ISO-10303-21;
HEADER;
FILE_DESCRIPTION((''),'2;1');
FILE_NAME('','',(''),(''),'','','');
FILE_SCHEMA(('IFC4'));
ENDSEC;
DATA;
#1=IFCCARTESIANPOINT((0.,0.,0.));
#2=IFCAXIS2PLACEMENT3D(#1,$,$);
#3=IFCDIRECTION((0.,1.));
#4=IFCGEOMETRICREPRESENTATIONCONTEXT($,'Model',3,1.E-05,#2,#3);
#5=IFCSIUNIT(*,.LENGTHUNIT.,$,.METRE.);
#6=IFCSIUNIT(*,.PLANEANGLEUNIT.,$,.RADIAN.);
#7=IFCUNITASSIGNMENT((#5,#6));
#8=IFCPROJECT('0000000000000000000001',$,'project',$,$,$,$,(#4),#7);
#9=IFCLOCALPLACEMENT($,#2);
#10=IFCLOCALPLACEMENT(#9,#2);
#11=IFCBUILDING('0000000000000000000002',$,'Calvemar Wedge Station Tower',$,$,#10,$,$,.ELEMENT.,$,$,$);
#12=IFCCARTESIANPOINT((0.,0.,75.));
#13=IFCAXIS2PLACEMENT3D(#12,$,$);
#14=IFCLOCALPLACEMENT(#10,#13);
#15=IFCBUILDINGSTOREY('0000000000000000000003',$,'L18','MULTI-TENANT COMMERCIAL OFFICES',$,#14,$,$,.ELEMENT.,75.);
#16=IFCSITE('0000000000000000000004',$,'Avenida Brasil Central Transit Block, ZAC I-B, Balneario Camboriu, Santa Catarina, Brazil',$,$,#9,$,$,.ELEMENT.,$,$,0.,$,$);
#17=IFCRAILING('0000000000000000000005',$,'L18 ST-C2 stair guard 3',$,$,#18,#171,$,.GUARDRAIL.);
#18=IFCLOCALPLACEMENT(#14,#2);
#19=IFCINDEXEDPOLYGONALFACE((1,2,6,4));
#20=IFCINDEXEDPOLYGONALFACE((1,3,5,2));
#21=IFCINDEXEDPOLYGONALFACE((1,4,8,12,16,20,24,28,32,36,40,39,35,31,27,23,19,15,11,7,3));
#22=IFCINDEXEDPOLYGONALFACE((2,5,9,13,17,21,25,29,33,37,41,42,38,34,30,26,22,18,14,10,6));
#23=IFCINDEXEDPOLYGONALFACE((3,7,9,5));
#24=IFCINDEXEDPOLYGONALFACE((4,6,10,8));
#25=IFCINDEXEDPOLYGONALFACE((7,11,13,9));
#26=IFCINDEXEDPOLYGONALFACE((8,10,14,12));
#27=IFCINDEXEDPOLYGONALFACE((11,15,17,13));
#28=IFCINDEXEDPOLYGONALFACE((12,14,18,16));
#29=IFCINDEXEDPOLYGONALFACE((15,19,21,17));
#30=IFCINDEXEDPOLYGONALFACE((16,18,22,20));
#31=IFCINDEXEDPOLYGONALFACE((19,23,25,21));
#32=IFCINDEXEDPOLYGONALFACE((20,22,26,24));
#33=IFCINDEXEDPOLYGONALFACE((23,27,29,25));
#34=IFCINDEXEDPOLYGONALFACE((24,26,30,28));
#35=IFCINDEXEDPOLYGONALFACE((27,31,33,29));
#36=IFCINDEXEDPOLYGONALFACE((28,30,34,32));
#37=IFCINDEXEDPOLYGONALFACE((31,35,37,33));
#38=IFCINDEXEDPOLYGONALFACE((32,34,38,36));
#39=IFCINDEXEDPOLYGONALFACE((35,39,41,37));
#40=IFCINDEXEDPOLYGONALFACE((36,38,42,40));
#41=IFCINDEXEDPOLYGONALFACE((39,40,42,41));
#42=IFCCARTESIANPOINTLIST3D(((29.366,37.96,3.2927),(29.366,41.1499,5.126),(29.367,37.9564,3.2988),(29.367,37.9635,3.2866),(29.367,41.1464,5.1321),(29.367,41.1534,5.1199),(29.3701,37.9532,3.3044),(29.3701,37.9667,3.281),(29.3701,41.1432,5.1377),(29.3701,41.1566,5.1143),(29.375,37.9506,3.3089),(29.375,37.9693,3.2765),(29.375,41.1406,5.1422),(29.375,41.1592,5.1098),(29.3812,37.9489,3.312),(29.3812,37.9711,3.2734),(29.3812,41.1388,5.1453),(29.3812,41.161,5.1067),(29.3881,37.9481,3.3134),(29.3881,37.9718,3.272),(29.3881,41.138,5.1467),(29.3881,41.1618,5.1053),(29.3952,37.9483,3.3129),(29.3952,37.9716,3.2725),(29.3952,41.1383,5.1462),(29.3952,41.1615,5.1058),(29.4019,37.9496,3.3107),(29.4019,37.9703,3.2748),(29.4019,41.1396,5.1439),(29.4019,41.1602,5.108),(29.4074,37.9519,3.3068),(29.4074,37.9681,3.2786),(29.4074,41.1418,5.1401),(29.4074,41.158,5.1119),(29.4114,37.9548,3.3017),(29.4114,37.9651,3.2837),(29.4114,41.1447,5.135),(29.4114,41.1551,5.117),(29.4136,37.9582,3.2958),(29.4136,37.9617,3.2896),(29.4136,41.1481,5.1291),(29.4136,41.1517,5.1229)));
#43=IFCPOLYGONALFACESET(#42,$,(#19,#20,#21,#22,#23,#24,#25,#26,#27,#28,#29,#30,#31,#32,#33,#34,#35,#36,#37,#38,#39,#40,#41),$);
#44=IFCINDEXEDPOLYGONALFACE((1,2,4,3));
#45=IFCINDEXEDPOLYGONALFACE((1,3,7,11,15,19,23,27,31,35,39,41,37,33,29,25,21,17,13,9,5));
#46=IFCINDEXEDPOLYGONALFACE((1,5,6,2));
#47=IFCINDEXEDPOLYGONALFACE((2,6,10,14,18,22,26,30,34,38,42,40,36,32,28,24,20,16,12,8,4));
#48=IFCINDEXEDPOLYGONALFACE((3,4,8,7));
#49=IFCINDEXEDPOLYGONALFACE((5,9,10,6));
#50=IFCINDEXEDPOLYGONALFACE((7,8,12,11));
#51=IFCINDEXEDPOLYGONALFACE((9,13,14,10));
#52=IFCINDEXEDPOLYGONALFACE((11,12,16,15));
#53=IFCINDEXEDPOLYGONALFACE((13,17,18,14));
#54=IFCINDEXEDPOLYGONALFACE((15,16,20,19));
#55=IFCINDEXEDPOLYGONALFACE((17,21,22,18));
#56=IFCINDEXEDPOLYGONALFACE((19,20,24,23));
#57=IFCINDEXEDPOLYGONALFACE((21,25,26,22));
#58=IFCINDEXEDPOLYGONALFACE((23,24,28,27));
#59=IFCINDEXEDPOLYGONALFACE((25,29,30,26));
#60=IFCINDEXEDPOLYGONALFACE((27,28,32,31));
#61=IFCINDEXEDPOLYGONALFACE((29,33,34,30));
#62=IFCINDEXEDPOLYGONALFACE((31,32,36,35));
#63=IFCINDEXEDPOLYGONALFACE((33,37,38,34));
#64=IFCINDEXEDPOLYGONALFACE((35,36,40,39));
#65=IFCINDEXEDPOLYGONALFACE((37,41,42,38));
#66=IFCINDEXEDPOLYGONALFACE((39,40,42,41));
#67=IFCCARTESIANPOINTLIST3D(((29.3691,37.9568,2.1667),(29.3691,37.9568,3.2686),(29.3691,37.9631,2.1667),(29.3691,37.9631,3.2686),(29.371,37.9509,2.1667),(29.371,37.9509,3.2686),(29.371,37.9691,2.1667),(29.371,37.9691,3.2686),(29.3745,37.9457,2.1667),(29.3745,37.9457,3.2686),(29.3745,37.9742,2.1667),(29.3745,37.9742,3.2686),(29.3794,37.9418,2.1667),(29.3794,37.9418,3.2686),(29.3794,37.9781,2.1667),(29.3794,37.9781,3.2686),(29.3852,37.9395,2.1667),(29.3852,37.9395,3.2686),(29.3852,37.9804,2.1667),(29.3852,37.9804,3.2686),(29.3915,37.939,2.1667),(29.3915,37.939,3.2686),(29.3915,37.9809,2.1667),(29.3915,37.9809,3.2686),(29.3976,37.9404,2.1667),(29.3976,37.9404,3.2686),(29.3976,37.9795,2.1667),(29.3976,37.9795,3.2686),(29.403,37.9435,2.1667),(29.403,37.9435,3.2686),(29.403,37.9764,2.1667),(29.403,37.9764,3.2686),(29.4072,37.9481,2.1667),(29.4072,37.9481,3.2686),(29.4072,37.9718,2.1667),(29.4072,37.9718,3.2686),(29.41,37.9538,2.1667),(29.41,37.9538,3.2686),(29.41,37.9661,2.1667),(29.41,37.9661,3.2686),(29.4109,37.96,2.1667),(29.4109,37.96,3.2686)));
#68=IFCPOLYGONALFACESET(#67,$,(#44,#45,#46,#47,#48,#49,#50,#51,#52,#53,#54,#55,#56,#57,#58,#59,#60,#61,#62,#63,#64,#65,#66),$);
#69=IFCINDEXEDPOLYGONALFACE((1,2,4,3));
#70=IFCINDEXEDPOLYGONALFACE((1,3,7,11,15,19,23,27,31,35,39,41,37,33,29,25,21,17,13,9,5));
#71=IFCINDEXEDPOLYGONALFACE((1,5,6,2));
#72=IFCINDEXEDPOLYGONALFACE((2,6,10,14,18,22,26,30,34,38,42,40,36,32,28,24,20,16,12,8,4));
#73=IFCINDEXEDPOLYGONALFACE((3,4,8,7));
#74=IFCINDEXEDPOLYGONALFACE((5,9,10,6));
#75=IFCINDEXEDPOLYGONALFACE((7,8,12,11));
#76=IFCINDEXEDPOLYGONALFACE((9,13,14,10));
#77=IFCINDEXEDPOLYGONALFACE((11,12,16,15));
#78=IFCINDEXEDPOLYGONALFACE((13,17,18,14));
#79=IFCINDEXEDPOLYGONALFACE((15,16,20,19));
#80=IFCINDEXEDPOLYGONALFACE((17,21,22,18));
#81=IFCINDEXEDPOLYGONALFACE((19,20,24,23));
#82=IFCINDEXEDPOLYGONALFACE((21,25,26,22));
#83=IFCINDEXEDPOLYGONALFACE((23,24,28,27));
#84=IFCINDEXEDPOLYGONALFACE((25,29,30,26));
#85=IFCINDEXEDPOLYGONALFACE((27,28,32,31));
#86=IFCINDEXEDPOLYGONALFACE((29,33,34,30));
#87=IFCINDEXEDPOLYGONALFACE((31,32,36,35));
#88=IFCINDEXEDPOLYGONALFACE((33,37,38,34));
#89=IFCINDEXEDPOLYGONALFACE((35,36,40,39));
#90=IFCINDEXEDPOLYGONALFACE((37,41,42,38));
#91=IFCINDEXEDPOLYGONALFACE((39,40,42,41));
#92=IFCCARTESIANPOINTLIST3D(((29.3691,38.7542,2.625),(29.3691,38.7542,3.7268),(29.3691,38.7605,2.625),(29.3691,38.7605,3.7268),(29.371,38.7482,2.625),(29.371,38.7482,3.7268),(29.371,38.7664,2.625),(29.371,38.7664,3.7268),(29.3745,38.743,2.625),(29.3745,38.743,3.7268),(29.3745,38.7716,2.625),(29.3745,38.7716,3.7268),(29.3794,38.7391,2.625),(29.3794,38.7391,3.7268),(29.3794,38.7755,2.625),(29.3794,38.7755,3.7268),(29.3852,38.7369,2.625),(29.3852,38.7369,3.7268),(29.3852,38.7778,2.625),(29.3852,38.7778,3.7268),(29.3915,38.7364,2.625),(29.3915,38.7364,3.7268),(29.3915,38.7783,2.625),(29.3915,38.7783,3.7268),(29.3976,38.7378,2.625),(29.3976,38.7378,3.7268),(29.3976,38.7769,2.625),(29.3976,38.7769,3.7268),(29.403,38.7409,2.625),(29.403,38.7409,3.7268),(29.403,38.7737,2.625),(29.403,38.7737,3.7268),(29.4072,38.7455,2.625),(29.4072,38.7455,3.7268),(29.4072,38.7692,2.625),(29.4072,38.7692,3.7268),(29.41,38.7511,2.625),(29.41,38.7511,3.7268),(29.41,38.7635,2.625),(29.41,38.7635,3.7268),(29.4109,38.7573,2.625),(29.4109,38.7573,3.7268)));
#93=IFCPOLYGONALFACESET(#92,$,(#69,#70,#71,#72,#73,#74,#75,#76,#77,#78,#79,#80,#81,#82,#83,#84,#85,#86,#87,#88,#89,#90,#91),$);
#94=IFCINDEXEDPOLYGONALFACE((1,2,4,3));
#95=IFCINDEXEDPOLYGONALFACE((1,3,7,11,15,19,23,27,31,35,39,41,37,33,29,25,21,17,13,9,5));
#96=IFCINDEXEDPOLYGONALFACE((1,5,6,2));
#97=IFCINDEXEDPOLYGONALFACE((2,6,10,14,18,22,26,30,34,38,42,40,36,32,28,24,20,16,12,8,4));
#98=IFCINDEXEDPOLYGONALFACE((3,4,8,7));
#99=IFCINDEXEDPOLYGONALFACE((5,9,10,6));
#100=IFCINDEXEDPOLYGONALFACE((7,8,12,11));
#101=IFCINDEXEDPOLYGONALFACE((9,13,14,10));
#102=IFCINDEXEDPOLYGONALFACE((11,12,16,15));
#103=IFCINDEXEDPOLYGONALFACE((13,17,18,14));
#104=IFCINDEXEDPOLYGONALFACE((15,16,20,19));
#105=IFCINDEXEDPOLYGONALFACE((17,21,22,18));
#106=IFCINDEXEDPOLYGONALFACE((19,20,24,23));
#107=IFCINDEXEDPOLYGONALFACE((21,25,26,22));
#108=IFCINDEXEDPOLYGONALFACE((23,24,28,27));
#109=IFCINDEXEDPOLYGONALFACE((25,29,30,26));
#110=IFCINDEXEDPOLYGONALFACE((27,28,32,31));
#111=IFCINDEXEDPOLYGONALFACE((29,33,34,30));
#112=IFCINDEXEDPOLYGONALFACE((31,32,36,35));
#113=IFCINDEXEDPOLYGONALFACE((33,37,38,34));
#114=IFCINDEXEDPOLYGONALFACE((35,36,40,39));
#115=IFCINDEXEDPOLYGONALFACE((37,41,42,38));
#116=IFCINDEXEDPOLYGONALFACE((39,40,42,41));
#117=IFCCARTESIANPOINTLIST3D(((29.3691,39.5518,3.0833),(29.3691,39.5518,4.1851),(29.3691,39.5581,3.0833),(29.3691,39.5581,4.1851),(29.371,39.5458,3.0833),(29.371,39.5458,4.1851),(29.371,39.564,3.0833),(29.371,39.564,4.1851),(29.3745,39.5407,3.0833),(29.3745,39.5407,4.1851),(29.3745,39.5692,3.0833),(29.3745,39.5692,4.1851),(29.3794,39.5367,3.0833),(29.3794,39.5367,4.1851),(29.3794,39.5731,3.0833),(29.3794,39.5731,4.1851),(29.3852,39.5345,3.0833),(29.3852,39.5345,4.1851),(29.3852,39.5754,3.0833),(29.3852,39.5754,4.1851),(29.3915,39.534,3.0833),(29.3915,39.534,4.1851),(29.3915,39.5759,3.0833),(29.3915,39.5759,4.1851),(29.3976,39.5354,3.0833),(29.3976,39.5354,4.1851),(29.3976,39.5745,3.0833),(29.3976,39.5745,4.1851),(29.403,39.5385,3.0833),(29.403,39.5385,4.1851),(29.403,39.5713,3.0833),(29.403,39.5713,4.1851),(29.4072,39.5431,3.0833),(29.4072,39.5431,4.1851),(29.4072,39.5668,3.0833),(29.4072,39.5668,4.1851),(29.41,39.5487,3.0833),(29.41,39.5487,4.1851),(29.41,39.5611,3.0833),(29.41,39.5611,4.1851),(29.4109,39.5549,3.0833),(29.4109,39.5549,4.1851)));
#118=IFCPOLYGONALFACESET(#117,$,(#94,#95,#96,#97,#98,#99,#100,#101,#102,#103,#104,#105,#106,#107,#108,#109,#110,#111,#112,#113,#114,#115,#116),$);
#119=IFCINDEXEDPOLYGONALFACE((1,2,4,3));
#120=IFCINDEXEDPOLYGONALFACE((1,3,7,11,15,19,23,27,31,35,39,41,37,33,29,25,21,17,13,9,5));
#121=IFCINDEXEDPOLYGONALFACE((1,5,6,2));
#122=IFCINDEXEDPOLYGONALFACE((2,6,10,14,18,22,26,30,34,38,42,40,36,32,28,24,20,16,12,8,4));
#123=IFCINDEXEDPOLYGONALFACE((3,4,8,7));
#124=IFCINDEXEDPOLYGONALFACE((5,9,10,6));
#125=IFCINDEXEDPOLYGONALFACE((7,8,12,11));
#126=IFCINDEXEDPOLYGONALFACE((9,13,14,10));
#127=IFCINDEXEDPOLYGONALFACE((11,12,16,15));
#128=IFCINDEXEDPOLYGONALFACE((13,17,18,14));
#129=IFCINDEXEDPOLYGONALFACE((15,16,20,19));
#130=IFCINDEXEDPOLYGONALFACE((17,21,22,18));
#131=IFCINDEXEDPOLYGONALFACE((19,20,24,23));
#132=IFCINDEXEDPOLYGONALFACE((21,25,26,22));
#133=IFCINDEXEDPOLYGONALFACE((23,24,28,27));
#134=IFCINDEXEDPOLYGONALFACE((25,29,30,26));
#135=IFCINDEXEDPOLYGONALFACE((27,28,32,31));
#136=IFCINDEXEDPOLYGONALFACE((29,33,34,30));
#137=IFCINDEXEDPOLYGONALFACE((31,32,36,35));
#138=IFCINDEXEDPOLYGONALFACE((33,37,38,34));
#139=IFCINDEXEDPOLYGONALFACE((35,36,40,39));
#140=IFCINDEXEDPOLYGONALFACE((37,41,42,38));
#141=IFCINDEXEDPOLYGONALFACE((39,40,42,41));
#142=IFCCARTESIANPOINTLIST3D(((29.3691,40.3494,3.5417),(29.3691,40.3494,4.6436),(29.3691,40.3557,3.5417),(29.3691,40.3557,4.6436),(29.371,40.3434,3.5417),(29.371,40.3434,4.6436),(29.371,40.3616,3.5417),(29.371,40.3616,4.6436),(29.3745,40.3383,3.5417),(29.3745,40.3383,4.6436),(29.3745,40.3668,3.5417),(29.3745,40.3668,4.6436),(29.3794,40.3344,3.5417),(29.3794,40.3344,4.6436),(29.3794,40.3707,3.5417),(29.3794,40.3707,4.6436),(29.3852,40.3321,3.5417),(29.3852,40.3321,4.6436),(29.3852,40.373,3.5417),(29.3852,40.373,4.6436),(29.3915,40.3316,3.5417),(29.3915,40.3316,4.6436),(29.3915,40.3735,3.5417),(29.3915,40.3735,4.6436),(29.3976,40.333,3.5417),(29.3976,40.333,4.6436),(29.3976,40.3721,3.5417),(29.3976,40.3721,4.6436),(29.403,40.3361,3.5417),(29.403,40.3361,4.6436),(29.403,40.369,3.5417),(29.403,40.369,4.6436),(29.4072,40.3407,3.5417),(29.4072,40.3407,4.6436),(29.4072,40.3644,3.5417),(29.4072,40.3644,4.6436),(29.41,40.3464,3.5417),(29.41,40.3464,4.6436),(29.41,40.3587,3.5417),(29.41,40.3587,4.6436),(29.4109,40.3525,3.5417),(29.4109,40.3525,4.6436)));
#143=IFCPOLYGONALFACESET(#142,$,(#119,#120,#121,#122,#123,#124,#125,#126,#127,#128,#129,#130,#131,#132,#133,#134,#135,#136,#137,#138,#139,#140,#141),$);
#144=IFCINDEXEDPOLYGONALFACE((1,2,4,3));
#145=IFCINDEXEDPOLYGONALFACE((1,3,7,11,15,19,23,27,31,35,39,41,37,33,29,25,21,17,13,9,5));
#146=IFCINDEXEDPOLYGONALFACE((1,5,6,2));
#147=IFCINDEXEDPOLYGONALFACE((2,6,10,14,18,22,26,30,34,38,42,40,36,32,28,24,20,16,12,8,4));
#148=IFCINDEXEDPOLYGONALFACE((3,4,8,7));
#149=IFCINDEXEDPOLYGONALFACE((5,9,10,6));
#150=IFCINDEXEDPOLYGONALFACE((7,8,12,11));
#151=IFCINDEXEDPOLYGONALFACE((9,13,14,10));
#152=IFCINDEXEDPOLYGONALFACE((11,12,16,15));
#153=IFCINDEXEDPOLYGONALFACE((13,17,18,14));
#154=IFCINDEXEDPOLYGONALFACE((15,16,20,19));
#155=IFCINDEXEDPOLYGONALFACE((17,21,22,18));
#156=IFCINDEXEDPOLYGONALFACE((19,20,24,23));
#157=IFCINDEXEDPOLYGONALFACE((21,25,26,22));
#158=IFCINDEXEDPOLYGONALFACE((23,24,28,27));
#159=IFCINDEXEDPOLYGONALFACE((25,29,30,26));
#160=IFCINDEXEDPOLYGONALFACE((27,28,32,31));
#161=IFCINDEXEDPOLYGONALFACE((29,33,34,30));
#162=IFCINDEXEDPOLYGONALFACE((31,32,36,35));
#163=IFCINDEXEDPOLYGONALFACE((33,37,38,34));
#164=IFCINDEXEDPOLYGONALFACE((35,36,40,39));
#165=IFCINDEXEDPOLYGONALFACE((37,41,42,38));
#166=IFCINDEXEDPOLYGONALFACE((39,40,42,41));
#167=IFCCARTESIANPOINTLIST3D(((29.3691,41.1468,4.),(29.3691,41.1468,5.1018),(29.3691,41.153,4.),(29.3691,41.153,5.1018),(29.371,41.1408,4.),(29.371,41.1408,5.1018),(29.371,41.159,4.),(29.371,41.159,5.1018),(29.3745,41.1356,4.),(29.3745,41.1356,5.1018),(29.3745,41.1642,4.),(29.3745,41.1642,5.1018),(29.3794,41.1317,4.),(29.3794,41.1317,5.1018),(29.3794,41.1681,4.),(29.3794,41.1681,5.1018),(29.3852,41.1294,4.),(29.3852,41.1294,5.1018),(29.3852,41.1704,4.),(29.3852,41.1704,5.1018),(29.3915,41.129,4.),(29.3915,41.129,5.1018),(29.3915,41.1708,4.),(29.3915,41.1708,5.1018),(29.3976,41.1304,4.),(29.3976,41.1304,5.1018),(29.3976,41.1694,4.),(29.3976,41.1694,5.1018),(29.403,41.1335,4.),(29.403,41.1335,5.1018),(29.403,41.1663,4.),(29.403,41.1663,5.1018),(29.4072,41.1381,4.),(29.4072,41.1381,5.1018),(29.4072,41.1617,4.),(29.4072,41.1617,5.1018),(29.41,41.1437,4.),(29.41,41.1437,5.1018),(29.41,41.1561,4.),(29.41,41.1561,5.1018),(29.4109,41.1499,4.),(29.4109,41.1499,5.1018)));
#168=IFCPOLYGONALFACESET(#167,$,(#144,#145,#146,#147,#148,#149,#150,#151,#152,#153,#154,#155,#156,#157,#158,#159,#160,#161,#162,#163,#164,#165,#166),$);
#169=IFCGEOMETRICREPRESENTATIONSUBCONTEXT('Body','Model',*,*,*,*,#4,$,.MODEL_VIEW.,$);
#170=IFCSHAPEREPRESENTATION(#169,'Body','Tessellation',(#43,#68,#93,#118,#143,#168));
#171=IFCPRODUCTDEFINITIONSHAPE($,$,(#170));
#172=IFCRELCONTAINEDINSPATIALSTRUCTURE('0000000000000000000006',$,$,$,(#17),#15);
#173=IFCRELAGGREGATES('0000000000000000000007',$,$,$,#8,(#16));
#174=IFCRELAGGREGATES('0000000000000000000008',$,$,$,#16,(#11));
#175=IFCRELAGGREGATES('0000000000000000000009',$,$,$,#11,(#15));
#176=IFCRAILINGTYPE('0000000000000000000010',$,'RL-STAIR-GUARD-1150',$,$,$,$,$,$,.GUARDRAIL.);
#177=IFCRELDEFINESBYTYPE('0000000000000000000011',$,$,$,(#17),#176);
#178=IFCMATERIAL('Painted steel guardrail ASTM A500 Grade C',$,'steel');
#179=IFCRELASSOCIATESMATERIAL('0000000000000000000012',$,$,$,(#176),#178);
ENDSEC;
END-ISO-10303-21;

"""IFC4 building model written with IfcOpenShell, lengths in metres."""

from ifc_helpers import new_model, si_unit, direction, frame, origin, origin_2d, place, context, subcontext, project, spatial, circle, extrude, material, type_object, element, save


model = new_model("IFC4")

# Units and contexts
model_context = context("Model", 3, precision=1e-05, world=origin(), true_north=direction((0.0, 1.0)))
body_context = subcontext(model_context, "Body", "Model", "MODEL_VIEW")
ifc_project = project(units=[si_unit("LENGTHUNIT", "METRE"), si_unit("PLANEANGLEUNIT", "RADIAN")], contexts=[model_context])

# Site, building, storey
site_placement = place(None, origin())
site = spatial("IfcSite", under=ifc_project, at=site_placement, Name="Avenida Brasil Central Transit Block, ZAC I-B, Balneario Camboriu, Santa Catarina, Brazil", CompositionType="ELEMENT", RefElevation=0.0)
building_placement = place(site_placement, origin())
building = spatial("IfcBuilding", under=site, at=building_placement, Name="Calvemar Wedge Station Tower", CompositionType="ELEMENT")
storey_placement = place(building_placement, frame((0.0, 0.0, 75.0)))
storey = spatial("IfcBuildingStorey", under=building, at=storey_placement, Name="L18", Description="MULTI-TENANT COMMERCIAL OFFICES", CompositionType="ELEMENT", Elevation=75.0)

# Railing
ifc_material_1 = material(Name="Painted steel guardrail ASTM A500 Grade C", Category="steel")
railing_type_1 = type_object("IfcRailingType", Name="RL-STAIR-GUARD-1150", PredefinedType="GUARDRAIL", material=ifc_material_1)
railing_1_placement = place(storey_placement, frame((29.3899, 37.96, 2.1667)))
element("IfcRailing", 1, at=railing_1_placement, inside=storey, type_object=railing_type_1, Name="L18 ST-C2 stair guard 3", PredefinedType="GUARDRAIL", context=body_context, shape_type="SweptSolid", body=[
    extrude(circle(Radius=0.0239, at=origin_2d()), frame((0.0, 0.0, 1.126), z_axis=(0.0, 0.86702, 0.498274), x_axis=(-1.0, 0.0, 0.0)), (0.0, 0.0, 1.0), 3.6792),
    extrude(circle(Radius=0.021, at=origin_2d()), origin(), (0.0, 0.0, 1.0), 1.1018),
    extrude(circle(Radius=0.021, at=origin_2d()), frame((0.0, 0.7974, 0.4583)), (0.0, 0.0, 1.0), 1.1018),
    extrude(circle(Radius=0.021, at=origin_2d()), frame((0.0, 1.595, 0.9165)), (0.0, 0.0, 1.0), 1.1018),
    extrude(circle(Radius=0.021, at=origin_2d()), frame((0.0, 2.3926, 1.375)), (0.0, 0.0, 1.0), 1.1018),
    extrude(circle(Radius=0.021, at=origin_2d()), frame((0.0, 3.1899, 1.8333)), (0.0, 0.0, 1.0), 1.1018),
])

save(model, "model.ifc")
